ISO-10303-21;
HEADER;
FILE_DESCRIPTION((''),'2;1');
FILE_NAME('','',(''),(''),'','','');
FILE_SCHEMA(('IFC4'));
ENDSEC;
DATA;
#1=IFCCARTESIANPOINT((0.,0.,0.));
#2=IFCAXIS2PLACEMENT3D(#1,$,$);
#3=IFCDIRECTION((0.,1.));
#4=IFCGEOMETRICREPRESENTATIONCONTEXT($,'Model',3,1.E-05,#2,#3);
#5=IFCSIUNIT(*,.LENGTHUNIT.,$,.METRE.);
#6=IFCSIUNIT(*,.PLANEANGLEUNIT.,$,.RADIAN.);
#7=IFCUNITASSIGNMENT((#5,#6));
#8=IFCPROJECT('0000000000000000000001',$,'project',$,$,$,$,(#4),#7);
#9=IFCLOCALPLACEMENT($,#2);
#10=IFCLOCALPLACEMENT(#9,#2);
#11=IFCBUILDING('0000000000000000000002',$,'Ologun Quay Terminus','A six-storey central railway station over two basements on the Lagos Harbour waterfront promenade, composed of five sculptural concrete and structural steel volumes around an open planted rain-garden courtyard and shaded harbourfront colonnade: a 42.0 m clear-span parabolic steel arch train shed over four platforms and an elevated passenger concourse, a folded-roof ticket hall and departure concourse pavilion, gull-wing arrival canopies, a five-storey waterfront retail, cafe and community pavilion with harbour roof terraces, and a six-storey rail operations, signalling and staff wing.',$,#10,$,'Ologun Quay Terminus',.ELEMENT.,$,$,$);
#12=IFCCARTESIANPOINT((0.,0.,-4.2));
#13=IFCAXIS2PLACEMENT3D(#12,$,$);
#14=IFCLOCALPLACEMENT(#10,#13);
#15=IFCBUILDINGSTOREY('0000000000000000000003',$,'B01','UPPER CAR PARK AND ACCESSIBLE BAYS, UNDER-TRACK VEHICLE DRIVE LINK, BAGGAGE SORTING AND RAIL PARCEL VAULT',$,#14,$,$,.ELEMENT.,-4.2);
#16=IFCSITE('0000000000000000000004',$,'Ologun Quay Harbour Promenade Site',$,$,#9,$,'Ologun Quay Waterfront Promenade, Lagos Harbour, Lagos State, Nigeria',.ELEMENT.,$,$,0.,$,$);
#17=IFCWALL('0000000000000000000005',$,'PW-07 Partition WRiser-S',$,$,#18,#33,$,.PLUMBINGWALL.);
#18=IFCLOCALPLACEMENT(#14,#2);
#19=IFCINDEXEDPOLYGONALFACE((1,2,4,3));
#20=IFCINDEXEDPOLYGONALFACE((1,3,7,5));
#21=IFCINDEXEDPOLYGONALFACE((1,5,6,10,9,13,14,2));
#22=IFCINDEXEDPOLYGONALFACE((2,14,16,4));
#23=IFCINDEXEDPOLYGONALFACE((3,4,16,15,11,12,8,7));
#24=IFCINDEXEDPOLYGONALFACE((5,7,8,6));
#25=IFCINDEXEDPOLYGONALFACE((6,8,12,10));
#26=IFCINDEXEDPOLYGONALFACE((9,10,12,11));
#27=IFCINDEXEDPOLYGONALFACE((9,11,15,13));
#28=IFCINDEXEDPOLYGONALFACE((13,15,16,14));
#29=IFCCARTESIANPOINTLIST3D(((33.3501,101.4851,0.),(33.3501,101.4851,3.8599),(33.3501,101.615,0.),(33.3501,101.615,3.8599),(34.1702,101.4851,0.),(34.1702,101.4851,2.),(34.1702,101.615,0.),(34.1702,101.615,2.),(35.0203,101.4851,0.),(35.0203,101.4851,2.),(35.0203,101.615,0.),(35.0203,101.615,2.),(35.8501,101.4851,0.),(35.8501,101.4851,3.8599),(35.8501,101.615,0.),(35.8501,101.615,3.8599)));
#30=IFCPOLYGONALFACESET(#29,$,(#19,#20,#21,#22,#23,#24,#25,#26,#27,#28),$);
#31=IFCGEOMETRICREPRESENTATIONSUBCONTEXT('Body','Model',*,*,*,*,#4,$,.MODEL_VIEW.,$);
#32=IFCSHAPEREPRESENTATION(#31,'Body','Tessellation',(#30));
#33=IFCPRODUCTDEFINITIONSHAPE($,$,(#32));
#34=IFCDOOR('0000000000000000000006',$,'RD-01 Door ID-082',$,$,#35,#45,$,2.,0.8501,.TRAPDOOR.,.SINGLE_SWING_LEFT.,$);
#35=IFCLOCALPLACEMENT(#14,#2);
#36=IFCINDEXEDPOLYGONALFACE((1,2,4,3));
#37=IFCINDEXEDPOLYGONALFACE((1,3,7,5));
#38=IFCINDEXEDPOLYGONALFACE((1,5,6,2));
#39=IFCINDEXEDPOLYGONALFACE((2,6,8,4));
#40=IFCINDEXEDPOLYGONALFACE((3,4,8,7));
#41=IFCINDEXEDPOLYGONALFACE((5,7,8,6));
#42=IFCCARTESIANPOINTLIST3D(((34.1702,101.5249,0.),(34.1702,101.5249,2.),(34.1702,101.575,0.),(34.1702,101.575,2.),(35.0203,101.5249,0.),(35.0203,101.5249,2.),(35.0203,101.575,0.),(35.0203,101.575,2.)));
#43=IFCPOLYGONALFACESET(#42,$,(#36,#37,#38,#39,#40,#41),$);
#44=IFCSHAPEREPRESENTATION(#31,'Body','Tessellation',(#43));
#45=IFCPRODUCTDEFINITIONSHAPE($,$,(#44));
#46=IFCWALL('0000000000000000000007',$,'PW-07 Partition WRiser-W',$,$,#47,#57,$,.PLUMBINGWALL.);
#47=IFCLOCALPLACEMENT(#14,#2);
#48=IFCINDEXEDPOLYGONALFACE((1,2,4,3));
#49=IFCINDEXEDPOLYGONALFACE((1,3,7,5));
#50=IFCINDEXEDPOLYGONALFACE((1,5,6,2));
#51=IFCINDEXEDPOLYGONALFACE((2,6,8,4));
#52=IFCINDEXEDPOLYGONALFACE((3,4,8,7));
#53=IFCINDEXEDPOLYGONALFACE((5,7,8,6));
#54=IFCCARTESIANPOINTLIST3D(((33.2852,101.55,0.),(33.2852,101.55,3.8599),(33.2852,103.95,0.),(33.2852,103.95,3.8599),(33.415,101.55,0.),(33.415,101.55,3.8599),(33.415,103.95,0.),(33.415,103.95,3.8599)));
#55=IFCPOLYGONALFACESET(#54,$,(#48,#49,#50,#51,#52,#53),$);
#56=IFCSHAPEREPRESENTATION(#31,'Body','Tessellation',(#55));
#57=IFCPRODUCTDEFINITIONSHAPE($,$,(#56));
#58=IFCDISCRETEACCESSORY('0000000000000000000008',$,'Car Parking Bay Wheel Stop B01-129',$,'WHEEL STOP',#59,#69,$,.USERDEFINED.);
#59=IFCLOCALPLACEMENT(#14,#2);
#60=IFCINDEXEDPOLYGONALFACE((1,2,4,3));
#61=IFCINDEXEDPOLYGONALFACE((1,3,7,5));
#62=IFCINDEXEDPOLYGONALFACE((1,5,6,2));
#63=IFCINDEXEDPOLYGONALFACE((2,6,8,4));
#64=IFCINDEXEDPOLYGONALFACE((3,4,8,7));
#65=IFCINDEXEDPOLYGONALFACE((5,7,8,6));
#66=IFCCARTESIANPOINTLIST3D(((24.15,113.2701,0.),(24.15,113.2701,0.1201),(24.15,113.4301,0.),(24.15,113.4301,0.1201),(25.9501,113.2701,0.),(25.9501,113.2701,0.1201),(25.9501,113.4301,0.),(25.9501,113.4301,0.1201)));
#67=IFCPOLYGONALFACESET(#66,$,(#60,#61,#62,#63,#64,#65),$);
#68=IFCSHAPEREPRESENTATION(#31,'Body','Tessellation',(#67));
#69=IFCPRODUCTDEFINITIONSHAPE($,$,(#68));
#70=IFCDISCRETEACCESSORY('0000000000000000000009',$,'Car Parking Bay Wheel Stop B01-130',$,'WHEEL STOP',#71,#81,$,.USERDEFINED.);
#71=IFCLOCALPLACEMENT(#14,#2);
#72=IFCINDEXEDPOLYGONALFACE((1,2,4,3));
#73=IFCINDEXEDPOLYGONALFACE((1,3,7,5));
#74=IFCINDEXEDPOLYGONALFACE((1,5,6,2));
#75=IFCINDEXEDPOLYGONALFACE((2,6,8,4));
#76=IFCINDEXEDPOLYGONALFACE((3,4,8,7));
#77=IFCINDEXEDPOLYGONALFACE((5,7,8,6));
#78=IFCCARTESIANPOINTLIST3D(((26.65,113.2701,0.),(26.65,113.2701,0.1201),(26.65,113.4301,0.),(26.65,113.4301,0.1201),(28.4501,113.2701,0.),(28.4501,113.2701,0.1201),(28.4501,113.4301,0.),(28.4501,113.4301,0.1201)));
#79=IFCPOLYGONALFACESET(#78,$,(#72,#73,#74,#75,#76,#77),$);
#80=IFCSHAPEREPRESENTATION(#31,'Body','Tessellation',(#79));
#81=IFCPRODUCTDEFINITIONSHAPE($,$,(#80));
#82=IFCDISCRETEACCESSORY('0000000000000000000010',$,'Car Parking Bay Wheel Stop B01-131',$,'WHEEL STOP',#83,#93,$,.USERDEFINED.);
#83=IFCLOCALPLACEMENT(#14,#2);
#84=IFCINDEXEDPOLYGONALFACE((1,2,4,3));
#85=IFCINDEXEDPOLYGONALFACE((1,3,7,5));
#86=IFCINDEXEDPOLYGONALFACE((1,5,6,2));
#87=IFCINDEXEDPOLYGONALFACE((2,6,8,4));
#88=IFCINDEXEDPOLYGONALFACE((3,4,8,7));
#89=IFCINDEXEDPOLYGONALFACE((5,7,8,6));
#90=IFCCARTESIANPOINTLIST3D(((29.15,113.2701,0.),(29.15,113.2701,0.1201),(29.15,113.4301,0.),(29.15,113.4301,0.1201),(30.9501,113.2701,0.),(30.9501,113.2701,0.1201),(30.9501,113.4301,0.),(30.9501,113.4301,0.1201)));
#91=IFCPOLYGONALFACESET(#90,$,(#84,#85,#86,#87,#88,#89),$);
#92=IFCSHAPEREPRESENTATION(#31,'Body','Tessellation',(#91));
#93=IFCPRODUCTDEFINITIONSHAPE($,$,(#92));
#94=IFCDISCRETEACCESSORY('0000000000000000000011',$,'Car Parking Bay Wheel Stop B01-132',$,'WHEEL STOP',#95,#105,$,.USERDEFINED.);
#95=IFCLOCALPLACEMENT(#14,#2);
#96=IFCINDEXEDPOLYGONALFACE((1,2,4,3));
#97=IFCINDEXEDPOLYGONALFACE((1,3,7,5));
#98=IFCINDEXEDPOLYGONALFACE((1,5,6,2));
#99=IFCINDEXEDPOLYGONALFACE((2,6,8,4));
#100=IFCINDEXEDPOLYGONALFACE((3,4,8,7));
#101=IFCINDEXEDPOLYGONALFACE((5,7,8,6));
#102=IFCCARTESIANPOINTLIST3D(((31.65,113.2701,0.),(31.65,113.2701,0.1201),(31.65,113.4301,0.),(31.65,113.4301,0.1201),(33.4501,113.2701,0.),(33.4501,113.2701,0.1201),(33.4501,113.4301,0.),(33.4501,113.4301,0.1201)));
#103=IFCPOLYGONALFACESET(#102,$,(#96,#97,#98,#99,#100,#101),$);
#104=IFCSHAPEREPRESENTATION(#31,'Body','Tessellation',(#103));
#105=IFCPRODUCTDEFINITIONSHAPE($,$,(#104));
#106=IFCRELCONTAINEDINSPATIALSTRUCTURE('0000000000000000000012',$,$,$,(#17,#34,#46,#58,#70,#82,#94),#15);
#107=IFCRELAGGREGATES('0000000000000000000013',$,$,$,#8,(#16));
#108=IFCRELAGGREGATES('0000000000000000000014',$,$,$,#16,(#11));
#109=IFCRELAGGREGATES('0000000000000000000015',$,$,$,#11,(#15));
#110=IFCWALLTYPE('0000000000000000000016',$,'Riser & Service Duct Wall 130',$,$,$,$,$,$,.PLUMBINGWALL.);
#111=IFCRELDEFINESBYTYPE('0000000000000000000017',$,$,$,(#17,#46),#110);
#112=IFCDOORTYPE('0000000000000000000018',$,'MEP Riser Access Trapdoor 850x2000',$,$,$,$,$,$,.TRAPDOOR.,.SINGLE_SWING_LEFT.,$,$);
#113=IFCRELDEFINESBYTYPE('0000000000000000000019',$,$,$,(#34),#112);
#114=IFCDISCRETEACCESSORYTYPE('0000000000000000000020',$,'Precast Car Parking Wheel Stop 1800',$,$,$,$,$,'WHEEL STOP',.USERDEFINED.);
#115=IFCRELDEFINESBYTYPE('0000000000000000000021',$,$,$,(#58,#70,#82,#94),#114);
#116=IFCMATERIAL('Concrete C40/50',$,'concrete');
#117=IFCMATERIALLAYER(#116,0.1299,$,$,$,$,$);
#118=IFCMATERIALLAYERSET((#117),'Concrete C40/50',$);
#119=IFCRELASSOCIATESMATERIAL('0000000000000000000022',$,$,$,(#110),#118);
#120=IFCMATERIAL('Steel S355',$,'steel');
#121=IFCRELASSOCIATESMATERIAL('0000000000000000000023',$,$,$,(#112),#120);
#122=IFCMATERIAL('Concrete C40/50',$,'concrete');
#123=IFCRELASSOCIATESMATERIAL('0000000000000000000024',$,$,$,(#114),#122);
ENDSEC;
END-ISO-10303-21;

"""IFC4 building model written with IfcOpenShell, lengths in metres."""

from ifc_helpers import new_model, si_unit, direction, frame, frame_2d, origin, origin_2d, place, context, subcontext, project, spatial, rectangle, extrude, material, layer, layer_set, type_object, element, fill, save


model = new_model("IFC4")

# Units and contexts
model_context = context("Model", 3, precision=1e-05, world=origin(), true_north=direction((0.0, 1.0)))
body_context = subcontext(model_context, "Body", "Model", "MODEL_VIEW")
ifc_project = project(units=[si_unit("LENGTHUNIT", "METRE"), si_unit("PLANEANGLEUNIT", "RADIAN")], contexts=[model_context])

# Site, building, storey
site_placement = place(None, origin())
site = spatial("IfcSite", under=ifc_project, at=site_placement, Name="Ologun Quay Harbour Promenade Site", LongName="Ologun Quay Waterfront Promenade, Lagos Harbour, Lagos State, Nigeria", CompositionType="ELEMENT", RefElevation=0.0)
building_placement = place(site_placement, origin())
building = spatial("IfcBuilding", under=site, at=building_placement, Name="Ologun Quay Terminus", Description="A six-storey central railway station over two basements on the Lagos Harbour waterfront promenade, composed of five sculptural concrete and structural steel volumes around an open planted rain-garden courtyard and shaded harbourfront colonnade: a 42.0 m clear-span parabolic steel arch train shed over four platforms and an elevated passenger concourse, a folded-roof ticket hall and departure concourse pavilion, gull-wing arrival canopies, a five-storey waterfront retail, cafe and community pavilion with harbour roof terraces, and a six-storey rail operations, signalling and staff wing.", LongName="Ologun Quay Terminus", CompositionType="ELEMENT")
storey_placement = place(building_placement, frame((0.0, 0.0, -4.2)))
storey = spatial("IfcBuildingStorey", under=building, at=storey_placement, Name="B01", Description="UPPER CAR PARK AND ACCESSIBLE BAYS, UNDER-TRACK VEHICLE DRIVE LINK, BAGGAGE SORTING AND RAIL PARCEL VAULT", CompositionType="ELEMENT", Elevation=-4.2)

# Wall, opening, door
ifc_material_1 = material(Name="Concrete C40/50", Category="concrete")
ifc_layer_1 = layer(ifc_material_1, 0.1299)
ifc_layer_set_1 = layer_set([ifc_layer_1], Name="Concrete C40/50")
wall_type_1 = type_object("IfcWallType", Name="Riser & Service Duct Wall 130", PredefinedType="PLUMBINGWALL", material=ifc_layer_set_1)
wall_1_placement = place(storey_placement, frame((33.3501, 101.55, 0.0), z_axis=(0.0, 0.0, 1.0), x_axis=(1.0, 0.0, 0.0)))
wall_1 = element("IfcWall", 1, at=wall_1_placement, inside=storey, type_object=wall_type_1, Name="PW-07 Partition WRiser-S", PredefinedType="PLUMBINGWALL", context=body_context, shape_type="SweptSolid", body=[
    extrude(rectangle(XDim=2.5, YDim=0.1299, at=frame_2d((1.25, 0.0))), origin(), (0.0, 0.0, 1.0), 3.8599),
])
opening_1_placement = place(wall_1_placement, frame((0.8201, 0.0, 0.0)))
opening_1 = element("IfcOpeningElement", 2, at=opening_1_placement, cuts=wall_1, PredefinedType="OPENING", context=body_context, shape_type="SweptSolid", body=[
    extrude(rectangle(XDim=0.8501, YDim=2.0, at=frame_2d((0.425, 1.0))), frame((0.0, 0.075, 0.0), z_axis=(0.0, -1.0, 0.0), x_axis=(1.0, 0.0, 0.0)), (0.0, 0.0, 1.0), 0.1499),
])
ifc_material_2 = material(Name="Steel S355", Category="steel")
door_type_1 = type_object("IfcDoorType", Name="MEP Riser Access Trapdoor 850x2000", OperationType="SINGLE_SWING_LEFT", PredefinedType="TRAPDOOR", material=ifc_material_2)
door_1_placement = place(opening_1_placement, origin())
door_1 = element("IfcDoor", 3, at=door_1_placement, inside=storey, type_object=door_type_1, Name="RD-01 Door ID-082", OperationType="SINGLE_SWING_LEFT", OverallHeight=2.0, OverallWidth=0.8501, PredefinedType="TRAPDOOR", context=body_context, shape_type="SweptSolid", body=[
    extrude(rectangle(XDim=0.8501, YDim=2.0, at=frame_2d((0.425, 1.0))), frame((0.0, 0.0249, 0.0), z_axis=(0.0, -1.0, 0.0), x_axis=(1.0, 0.0, 0.0)), (0.0, 0.0, 1.0), 0.05),
])
fill(opening_1, door_1)

# Wall
wall_2_placement = place(storey_placement, frame((33.3501, 101.55, 0.0), z_axis=(0.0, 0.0, 1.0), x_axis=(0.0, 1.0, 0.0)))
element("IfcWall", 4, at=wall_2_placement, inside=storey, type_object=wall_type_1, Name="PW-07 Partition WRiser-W", PredefinedType="PLUMBINGWALL", context=body_context, shape_type="SweptSolid", body=[
    extrude(rectangle(XDim=2.3999, YDim=0.1299, at=frame_2d((1.2, 0.0))), origin(), (0.0, 0.0, 1.0), 3.8599),
])

# Discrete accessories
ifc_material_3 = material(Name="Concrete C40/50", Category="concrete")
discrete_accessory_type = type_object("IfcDiscreteAccessoryType", Name="Precast Car Parking Wheel Stop 1800", ElementType="WHEEL STOP", PredefinedType="USERDEFINED", material=ifc_material_3)
for number, where, z_axis, x_axis, name in (
    (5, (25.05, 113.3501, 0.0), (0.0, 0.0, 1.0), (1.0, 0.0, 0.0), "Car Parking Bay Wheel Stop B01-129"),
    (6, (27.55, 113.3501, 0.0), (0.0, 0.0, 1.0), (1.0, 0.0, 0.0), "Car Parking Bay Wheel Stop B01-130"),
    (7, (30.05, 113.3501, 0.0), (0.0, 0.0, 1.0), (1.0, 0.0, 0.0), "Car Parking Bay Wheel Stop B01-131"),
    (8, (32.55, 113.3501, 0.0), (0.0, 0.0, 1.0), (1.0, 0.0, 0.0), "Car Parking Bay Wheel Stop B01-132"),
):
    element("IfcDiscreteAccessory", number, at=place(storey_placement, frame(where, z_axis=z_axis, x_axis=x_axis)), inside=storey, type_object=discrete_accessory_type, Name=name, ObjectType="WHEEL STOP", PredefinedType="USERDEFINED", context=body_context, shape_type="SweptSolid", body=[
        extrude(rectangle(XDim=1.8, YDim=0.1599, at=origin_2d()), origin(), (0.0, 0.0, 1.0), 0.1201),
    ])

save(model, "model.ifc")
